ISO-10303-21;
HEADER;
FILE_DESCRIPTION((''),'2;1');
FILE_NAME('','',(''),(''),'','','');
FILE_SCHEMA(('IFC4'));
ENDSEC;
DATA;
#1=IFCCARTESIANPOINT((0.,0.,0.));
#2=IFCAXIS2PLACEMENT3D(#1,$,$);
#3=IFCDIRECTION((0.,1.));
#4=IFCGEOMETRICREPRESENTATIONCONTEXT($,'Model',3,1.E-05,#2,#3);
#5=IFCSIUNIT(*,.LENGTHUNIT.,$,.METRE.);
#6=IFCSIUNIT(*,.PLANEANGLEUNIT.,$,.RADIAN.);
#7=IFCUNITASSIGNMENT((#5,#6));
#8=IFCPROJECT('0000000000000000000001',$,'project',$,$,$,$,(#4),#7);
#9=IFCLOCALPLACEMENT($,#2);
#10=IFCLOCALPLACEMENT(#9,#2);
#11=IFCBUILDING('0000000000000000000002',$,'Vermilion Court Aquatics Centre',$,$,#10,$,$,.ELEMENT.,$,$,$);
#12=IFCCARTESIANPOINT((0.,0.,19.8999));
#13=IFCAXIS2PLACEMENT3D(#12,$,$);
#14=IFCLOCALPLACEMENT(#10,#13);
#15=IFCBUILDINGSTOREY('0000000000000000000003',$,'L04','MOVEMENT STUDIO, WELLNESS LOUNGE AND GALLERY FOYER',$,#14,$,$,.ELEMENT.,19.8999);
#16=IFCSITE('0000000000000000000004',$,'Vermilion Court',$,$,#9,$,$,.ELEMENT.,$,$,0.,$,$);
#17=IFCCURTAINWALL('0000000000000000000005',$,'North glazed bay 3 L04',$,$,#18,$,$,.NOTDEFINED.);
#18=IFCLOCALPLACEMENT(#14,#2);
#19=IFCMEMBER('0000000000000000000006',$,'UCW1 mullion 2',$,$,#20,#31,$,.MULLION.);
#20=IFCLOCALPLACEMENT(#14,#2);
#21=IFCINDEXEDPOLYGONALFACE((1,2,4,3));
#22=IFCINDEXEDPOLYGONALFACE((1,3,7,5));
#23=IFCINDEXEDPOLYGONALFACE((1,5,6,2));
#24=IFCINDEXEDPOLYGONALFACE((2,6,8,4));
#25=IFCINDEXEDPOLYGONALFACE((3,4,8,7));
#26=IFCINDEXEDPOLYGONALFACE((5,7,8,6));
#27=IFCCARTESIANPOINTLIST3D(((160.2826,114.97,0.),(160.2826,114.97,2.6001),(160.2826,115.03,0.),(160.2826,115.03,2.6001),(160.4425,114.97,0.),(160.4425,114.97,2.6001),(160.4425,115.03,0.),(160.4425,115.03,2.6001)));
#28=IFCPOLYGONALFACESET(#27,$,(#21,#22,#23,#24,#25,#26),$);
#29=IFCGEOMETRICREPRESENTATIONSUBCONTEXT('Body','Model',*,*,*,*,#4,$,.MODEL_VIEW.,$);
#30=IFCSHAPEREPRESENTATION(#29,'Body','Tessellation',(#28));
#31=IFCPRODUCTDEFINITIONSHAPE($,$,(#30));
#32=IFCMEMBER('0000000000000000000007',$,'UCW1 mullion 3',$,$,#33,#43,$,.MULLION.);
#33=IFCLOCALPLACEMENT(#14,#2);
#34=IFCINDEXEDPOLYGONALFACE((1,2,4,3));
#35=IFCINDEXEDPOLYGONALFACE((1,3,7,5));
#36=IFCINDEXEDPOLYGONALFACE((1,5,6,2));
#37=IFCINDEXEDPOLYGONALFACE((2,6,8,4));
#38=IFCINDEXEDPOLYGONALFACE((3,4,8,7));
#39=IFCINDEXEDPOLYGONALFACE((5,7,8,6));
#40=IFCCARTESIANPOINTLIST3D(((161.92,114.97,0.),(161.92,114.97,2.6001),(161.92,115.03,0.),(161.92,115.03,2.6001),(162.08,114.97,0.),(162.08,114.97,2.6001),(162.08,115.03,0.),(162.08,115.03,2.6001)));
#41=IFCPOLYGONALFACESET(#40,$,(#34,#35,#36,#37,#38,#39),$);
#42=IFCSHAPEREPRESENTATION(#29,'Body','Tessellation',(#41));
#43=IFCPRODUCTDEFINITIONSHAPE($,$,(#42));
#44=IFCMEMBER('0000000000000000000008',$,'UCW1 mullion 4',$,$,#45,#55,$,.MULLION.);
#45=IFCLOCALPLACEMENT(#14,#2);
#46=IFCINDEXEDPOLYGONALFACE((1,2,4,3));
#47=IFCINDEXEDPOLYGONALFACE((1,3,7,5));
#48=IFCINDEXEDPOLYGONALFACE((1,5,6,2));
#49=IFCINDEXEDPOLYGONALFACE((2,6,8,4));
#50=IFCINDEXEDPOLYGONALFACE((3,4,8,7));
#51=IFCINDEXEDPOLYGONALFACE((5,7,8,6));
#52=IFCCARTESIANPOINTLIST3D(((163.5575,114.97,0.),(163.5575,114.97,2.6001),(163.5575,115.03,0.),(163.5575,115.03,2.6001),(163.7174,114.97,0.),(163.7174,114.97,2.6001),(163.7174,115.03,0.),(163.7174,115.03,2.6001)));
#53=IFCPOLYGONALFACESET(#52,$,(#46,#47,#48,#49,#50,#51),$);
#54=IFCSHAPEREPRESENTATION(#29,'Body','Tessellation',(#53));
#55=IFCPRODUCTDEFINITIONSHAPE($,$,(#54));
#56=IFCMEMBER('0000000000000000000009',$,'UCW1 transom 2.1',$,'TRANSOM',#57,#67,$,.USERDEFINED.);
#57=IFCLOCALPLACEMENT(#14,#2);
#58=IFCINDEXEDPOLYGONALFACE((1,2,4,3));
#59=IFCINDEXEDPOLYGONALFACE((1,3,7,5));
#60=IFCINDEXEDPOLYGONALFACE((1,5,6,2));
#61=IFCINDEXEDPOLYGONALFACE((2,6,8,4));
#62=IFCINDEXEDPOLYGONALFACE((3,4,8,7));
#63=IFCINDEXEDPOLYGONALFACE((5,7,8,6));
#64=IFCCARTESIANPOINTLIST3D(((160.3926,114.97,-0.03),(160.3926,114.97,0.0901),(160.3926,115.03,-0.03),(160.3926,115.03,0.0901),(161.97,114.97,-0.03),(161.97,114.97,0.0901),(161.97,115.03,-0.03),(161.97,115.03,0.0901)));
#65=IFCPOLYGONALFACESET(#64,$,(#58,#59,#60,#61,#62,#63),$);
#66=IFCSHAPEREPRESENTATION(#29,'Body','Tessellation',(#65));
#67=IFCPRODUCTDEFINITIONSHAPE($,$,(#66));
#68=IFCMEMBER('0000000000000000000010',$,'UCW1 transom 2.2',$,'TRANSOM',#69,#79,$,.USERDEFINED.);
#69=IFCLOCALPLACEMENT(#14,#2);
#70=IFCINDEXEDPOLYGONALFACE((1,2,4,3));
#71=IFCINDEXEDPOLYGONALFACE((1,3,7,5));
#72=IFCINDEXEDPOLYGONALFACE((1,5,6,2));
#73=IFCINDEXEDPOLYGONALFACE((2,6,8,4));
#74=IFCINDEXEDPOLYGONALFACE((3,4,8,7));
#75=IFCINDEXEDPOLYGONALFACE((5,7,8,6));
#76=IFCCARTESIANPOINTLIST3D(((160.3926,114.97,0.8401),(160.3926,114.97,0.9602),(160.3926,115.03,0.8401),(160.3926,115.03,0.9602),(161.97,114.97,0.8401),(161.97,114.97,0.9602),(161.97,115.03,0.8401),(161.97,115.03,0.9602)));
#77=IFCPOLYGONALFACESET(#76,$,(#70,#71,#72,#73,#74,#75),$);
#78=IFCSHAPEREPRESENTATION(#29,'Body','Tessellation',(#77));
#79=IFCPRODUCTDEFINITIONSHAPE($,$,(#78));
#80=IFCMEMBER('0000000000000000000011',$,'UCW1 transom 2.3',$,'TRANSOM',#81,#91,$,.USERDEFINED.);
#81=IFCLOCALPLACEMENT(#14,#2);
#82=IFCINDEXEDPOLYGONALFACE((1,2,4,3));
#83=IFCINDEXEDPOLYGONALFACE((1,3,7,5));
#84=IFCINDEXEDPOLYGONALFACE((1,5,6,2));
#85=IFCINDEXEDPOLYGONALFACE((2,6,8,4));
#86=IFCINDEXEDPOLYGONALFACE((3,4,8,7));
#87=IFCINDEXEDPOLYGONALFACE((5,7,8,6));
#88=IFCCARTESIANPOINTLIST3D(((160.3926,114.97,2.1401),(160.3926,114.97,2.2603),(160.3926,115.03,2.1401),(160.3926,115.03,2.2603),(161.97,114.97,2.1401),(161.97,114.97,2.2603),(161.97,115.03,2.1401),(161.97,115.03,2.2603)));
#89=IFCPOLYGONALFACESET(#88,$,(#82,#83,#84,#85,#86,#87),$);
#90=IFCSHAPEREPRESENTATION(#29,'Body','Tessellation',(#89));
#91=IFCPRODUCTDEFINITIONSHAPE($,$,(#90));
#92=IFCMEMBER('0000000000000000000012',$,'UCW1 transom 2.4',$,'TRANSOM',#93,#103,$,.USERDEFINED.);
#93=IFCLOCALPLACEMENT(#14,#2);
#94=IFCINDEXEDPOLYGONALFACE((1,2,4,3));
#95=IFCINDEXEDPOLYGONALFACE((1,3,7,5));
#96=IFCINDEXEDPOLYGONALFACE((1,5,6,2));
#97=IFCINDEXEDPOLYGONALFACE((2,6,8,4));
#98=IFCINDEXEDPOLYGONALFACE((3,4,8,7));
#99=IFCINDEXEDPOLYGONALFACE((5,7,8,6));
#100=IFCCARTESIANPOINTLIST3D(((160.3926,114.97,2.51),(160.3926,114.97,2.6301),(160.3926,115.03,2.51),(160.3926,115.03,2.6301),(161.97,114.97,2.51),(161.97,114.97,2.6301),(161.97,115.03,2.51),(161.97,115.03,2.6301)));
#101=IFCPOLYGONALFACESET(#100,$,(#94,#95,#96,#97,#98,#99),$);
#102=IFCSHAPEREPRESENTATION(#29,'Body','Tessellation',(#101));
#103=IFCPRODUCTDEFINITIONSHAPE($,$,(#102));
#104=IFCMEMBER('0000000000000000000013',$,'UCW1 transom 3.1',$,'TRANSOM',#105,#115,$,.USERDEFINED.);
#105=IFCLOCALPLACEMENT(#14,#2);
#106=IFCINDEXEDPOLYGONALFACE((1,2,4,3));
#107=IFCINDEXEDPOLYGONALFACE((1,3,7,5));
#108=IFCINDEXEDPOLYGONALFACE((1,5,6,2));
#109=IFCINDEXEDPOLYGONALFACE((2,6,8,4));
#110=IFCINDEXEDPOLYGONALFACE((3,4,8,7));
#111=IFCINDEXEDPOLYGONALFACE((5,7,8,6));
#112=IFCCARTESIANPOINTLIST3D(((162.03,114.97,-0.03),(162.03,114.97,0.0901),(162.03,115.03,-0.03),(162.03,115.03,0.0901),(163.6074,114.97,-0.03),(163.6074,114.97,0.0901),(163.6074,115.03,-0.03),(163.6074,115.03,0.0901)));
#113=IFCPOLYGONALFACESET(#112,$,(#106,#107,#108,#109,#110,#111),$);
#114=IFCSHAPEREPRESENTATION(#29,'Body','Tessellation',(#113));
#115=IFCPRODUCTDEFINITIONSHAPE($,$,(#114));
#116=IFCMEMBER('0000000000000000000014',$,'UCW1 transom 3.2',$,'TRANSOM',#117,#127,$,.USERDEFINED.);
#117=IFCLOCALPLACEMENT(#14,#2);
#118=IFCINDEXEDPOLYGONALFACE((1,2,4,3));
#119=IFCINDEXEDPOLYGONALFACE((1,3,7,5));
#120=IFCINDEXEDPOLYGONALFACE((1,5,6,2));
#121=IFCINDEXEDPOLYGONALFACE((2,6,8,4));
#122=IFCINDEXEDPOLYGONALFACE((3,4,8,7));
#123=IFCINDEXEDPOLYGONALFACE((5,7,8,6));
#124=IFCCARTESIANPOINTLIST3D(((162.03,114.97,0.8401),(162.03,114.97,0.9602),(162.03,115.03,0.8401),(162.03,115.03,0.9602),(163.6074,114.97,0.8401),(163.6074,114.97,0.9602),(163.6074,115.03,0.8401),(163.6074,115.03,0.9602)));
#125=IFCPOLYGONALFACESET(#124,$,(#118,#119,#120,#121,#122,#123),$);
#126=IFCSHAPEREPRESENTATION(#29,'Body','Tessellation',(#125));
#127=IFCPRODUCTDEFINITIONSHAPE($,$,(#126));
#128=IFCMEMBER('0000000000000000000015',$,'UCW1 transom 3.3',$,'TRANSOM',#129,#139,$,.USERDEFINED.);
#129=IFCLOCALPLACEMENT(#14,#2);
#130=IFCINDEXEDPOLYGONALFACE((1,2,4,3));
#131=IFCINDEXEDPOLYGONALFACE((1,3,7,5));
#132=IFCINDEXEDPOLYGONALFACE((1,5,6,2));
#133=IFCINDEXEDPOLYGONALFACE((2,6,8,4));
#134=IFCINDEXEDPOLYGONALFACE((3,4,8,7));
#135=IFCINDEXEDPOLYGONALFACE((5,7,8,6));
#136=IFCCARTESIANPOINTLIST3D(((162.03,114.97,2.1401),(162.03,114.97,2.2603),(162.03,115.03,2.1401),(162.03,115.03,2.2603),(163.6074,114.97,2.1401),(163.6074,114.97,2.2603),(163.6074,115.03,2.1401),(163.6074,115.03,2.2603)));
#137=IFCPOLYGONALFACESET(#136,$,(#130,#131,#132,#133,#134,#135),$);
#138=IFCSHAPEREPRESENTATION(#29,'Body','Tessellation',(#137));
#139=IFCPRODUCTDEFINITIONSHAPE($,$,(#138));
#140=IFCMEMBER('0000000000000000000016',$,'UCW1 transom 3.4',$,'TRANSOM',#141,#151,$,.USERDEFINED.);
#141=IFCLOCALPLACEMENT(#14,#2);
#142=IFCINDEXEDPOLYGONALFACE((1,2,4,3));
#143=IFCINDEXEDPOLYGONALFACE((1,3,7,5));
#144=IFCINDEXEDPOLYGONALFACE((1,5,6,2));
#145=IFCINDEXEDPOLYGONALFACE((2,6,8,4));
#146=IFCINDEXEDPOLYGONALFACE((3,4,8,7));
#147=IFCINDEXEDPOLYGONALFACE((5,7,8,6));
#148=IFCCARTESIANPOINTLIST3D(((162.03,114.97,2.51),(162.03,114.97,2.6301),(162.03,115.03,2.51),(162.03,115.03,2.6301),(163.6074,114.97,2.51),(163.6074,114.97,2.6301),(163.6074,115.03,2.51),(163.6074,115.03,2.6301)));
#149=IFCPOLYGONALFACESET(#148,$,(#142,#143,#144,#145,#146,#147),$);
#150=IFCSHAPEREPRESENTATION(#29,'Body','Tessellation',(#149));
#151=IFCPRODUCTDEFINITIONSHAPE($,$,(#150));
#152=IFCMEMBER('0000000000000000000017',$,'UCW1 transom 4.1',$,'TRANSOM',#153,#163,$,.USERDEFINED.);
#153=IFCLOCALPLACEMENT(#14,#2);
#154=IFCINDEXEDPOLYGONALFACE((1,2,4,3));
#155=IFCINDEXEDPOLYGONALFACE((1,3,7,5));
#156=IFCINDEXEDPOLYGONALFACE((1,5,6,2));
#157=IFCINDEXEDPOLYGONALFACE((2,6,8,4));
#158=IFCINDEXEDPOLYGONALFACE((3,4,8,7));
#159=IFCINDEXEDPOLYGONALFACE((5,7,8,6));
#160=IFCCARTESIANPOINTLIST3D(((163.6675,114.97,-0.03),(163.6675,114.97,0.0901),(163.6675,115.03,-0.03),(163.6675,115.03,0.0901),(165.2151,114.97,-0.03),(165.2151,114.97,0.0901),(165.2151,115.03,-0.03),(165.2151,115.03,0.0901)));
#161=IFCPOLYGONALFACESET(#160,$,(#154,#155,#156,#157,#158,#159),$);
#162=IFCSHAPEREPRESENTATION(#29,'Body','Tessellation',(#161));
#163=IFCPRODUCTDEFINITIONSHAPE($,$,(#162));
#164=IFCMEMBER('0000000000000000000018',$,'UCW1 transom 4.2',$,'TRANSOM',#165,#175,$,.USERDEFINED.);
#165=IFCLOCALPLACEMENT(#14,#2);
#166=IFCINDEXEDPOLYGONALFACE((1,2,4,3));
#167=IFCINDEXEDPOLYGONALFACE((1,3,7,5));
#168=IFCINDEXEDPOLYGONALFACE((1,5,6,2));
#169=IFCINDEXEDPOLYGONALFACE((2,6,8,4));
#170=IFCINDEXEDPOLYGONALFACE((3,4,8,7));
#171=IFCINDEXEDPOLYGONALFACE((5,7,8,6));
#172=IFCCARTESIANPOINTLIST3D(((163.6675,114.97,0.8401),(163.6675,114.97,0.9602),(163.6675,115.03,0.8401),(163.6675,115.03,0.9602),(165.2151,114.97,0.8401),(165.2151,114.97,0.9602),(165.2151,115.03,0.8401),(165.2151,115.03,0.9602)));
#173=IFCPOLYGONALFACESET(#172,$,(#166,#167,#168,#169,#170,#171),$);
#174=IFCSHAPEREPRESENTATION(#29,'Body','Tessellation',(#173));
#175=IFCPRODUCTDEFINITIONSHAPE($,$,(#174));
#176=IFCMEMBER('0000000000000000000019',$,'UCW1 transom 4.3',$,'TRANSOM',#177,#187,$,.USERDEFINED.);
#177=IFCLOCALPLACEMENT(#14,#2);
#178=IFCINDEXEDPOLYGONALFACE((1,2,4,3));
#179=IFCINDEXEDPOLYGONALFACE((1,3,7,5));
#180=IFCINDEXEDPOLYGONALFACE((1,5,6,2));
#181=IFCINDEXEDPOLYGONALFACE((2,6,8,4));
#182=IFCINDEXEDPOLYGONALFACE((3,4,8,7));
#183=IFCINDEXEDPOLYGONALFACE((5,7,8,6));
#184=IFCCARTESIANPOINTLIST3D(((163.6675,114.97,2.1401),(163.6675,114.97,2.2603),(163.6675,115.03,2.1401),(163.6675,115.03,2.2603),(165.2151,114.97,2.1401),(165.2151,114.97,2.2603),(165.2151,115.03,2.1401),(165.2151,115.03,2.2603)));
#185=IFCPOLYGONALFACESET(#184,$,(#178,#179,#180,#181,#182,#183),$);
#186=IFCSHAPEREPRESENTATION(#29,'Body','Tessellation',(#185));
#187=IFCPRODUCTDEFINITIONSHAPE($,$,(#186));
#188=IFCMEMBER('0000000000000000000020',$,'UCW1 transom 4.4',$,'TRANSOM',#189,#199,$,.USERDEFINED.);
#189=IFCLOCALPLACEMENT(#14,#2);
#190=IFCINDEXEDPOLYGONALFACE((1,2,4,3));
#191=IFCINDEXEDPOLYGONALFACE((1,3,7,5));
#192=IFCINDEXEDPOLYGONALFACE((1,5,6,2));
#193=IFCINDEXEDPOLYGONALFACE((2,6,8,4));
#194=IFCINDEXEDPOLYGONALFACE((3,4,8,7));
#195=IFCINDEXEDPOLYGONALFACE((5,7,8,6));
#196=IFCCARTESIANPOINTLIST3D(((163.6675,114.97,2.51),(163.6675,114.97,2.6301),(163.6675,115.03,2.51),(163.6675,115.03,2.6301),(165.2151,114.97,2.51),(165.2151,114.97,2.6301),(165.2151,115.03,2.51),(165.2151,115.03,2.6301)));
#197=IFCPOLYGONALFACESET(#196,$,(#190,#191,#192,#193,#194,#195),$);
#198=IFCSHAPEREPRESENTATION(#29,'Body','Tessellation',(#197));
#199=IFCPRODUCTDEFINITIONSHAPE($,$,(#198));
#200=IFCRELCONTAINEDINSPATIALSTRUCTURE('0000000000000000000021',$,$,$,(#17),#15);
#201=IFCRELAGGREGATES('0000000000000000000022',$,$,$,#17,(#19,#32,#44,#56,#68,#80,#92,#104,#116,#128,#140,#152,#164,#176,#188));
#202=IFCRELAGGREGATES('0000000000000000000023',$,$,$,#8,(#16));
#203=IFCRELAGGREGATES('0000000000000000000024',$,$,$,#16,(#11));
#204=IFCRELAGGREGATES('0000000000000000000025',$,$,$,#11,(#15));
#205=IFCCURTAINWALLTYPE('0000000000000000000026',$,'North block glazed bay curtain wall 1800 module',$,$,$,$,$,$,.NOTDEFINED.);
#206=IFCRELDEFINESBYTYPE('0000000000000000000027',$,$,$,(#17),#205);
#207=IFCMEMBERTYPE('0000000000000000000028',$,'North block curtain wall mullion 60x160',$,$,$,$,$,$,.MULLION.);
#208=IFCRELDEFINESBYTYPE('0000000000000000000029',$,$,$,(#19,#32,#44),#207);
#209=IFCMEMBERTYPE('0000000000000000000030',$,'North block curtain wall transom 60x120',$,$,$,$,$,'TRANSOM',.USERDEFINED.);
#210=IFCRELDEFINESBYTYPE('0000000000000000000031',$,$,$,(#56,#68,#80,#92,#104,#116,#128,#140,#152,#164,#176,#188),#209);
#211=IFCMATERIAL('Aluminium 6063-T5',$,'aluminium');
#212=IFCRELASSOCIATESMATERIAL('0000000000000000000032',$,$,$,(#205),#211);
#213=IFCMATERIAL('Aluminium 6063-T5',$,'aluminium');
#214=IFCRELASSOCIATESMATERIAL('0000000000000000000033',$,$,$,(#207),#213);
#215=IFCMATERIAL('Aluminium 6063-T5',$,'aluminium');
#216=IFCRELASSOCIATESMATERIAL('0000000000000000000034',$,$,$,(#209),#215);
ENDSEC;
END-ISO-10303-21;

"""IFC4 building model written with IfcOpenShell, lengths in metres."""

from ifc_helpers import new_model, si_unit, direction, frame, origin, origin_2d, place, context, subcontext, project, spatial, rectangle, extrude, material, material_profile, profile_set, type_object, element, aggregate, save


model = new_model("IFC4")

# Units and contexts
model_context = context("Model", 3, precision=1e-05, world=origin(), true_north=direction((0.0, 1.0)))
body_context = subcontext(model_context, "Body", "Model", "MODEL_VIEW")
ifc_project = project(units=[si_unit("LENGTHUNIT", "METRE"), si_unit("PLANEANGLEUNIT", "RADIAN")], contexts=[model_context])

# Site, building, storey
site_placement = place(None, origin())
site = spatial("IfcSite", under=ifc_project, at=site_placement, Name="Vermilion Court", CompositionType="ELEMENT", RefElevation=0.0)
building_placement = place(site_placement, origin())
building = spatial("IfcBuilding", under=site, at=building_placement, Name="Vermilion Court Aquatics Centre", CompositionType="ELEMENT")
storey_placement = place(building_placement, frame((0.0, 0.0, 19.8999)))
storey = spatial("IfcBuildingStorey", under=building, at=storey_placement, Name="L04", Description="MOVEMENT STUDIO, WELLNESS LOUNGE AND GALLERY FOYER", CompositionType="ELEMENT", Elevation=19.8999)

# Curtain wall, members
ifc_material_1 = material(Name="Aluminium 6063-T5", Category="aluminium")
curtain_wall_type = type_object("IfcCurtainWallType", Name="North block glazed bay curtain wall 1800 module", PredefinedType="NOTDEFINED", material=ifc_material_1)
curtain_wall_placement = place(storey_placement, origin())
curtain_wall = element("IfcCurtainWall", 1, at=curtain_wall_placement, inside=storey, type_object=curtain_wall_type, Name="North glazed bay 3 L04", PredefinedType="NOTDEFINED")
ifc_material_2 = material(Name="Aluminium 6063-T5", Category="aluminium")
ifc_material_profile_1 = material_profile(ifc_material_2, rectangle(XDim=0.0601, YDim=0.1599, at=origin_2d()), Name="AL 60x160")
ifc_profile_set_1 = profile_set([ifc_material_profile_1], Name="Aluminium 6063-T5")
member_type_1 = type_object("IfcMemberType", Name="North block curtain wall mullion 60x160", PredefinedType="MULLION", material=ifc_profile_set_1)
member_1_placement = place(storey_placement, frame((160.3625, 115.0, 0.0), z_axis=(0.0, 0.0, 1.0), x_axis=(0.0, 1.0, 0.0)))
member_1 = element("IfcMember", 2, at=member_1_placement, type_object=member_type_1, Name="UCW1 mullion 2", PredefinedType="MULLION", context=body_context, shape_type="SweptSolid", body=[
    extrude(rectangle(XDim=0.0601, YDim=0.1599, at=origin_2d()), origin(), (0.0, 0.0, 1.0), 2.6001),
])
member_2_placement = place(storey_placement, frame((162.0, 115.0, 0.0), z_axis=(0.0, 0.0, 1.0), x_axis=(0.0, 1.0, 0.0)))
member_2 = element("IfcMember", 3, at=member_2_placement, type_object=member_type_1, Name="UCW1 mullion 3", PredefinedType="MULLION", context=body_context, shape_type="SweptSolid", body=[
    extrude(rectangle(XDim=0.0601, YDim=0.1599, at=origin_2d()), origin(), (0.0, 0.0, 1.0), 2.6001),
])
member_3_placement = place(storey_placement, frame((163.6375, 115.0, 0.0), z_axis=(0.0, 0.0, 1.0), x_axis=(0.0, 1.0, 0.0)))
member_3 = element("IfcMember", 4, at=member_3_placement, type_object=member_type_1, Name="UCW1 mullion 4", PredefinedType="MULLION", context=body_context, shape_type="SweptSolid", body=[
    extrude(rectangle(XDim=0.0601, YDim=0.1599, at=origin_2d()), origin(), (0.0, 0.0, 1.0), 2.6001),
])
ifc_material_3 = material(Name="Aluminium 6063-T5", Category="aluminium")
ifc_material_profile_2 = material_profile(ifc_material_3, rectangle(XDim=0.0601, YDim=0.1201, at=origin_2d()), Name="AL 60x120")
ifc_profile_set_2 = profile_set([ifc_material_profile_2], Name="Aluminium 6063-T5")
member_type_2 = type_object("IfcMemberType", Name="North block curtain wall transom 60x120", ElementType="TRANSOM", PredefinedType="USERDEFINED", material=ifc_profile_set_2)
member_4_placement = place(storey_placement, frame((160.3926, 115.0, 0.03), z_axis=(1.0, 0.0, 0.0), x_axis=(0.0, 1.0, 0.0)))
member_4 = element("IfcMember", 5, at=member_4_placement, type_object=member_type_2, Name="UCW1 transom 2.1", ObjectType="TRANSOM", PredefinedType="USERDEFINED", context=body_context, shape_type="SweptSolid", body=[
    extrude(rectangle(XDim=0.0601, YDim=0.1201, at=origin_2d()), origin(), (0.0, 0.0, 1.0), 1.5774),
])
member_5_placement = place(storey_placement, frame((160.3926, 115.0, 0.9001), z_axis=(1.0, 0.0, 0.0), x_axis=(0.0, 1.0, 0.0)))
member_5 = element("IfcMember", 6, at=member_5_placement, type_object=member_type_2, Name="UCW1 transom 2.2", ObjectType="TRANSOM", PredefinedType="USERDEFINED", context=body_context, shape_type="SweptSolid", body=[
    extrude(rectangle(XDim=0.0601, YDim=0.1201, at=origin_2d()), origin(), (0.0, 0.0, 1.0), 1.5774),
])
member_6_placement = place(storey_placement, frame((160.3926, 115.0, 2.2002), z_axis=(1.0, 0.0, 0.0), x_axis=(0.0, 1.0, 0.0)))
member_6 = element("IfcMember", 7, at=member_6_placement, type_object=member_type_2, Name="UCW1 transom 2.3", ObjectType="TRANSOM", PredefinedType="USERDEFINED", context=body_context, shape_type="SweptSolid", body=[
    extrude(rectangle(XDim=0.0601, YDim=0.1201, at=origin_2d()), origin(), (0.0, 0.0, 1.0), 1.5774),
])
member_7_placement = place(storey_placement, frame((160.3926, 115.0, 2.5701), z_axis=(1.0, 0.0, 0.0), x_axis=(0.0, 1.0, 0.0)))
member_7 = element("IfcMember", 8, at=member_7_placement, type_object=member_type_2, Name="UCW1 transom 2.4", ObjectType="TRANSOM", PredefinedType="USERDEFINED", context=body_context, shape_type="SweptSolid", body=[
    extrude(rectangle(XDim=0.0601, YDim=0.1201, at=origin_2d()), origin(), (0.0, 0.0, 1.0), 1.5774),
])
member_8_placement = place(storey_placement, frame((162.03, 115.0, 0.03), z_axis=(1.0, 0.0, 0.0), x_axis=(0.0, 1.0, 0.0)))
member_8 = element("IfcMember", 9, at=member_8_placement, type_object=member_type_2, Name="UCW1 transom 3.1", ObjectType="TRANSOM", PredefinedType="USERDEFINED", context=body_context, shape_type="SweptSolid", body=[
    extrude(rectangle(XDim=0.0601, YDim=0.1201, at=origin_2d()), origin(), (0.0, 0.0, 1.0), 1.5774),
])
member_9_placement = place(storey_placement, frame((162.03, 115.0, 0.9001), z_axis=(1.0, 0.0, 0.0), x_axis=(0.0, 1.0, 0.0)))
member_9 = element("IfcMember", 10, at=member_9_placement, type_object=member_type_2, Name="UCW1 transom 3.2", ObjectType="TRANSOM", PredefinedType="USERDEFINED", context=body_context, shape_type="SweptSolid", body=[
    extrude(rectangle(XDim=0.0601, YDim=0.1201, at=origin_2d()), origin(), (0.0, 0.0, 1.0), 1.5774),
])
member_10_placement = place(storey_placement, frame((162.03, 115.0, 2.2002), z_axis=(1.0, 0.0, 0.0), x_axis=(0.0, 1.0, 0.0)))
member_10 = element("IfcMember", 11, at=member_10_placement, type_object=member_type_2, Name="UCW1 transom 3.3", ObjectType="TRANSOM", PredefinedType="USERDEFINED", context=body_context, shape_type="SweptSolid", body=[
    extrude(rectangle(XDim=0.0601, YDim=0.1201, at=origin_2d()), origin(), (0.0, 0.0, 1.0), 1.5774),
])
member_11_placement = place(storey_placement, frame((162.03, 115.0, 2.5701), z_axis=(1.0, 0.0, 0.0), x_axis=(0.0, 1.0, 0.0)))
member_11 = element("IfcMember", 12, at=member_11_placement, type_object=member_type_2, Name="UCW1 transom 3.4", ObjectType="TRANSOM", PredefinedType="USERDEFINED", context=body_context, shape_type="SweptSolid", body=[
    extrude(rectangle(XDim=0.0601, YDim=0.1201, at=origin_2d()), origin(), (0.0, 0.0, 1.0), 1.5774),
])
member_12_placement = place(storey_placement, frame((163.6675, 115.0, 0.03), z_axis=(1.0, 0.0, 0.0), x_axis=(0.0, 1.0, 0.0)))
member_12 = element("IfcMember", 13, at=member_12_placement, type_object=member_type_2, Name="UCW1 transom 4.1", ObjectType="TRANSOM", PredefinedType="USERDEFINED", context=body_context, shape_type="SweptSolid", body=[
    extrude(rectangle(XDim=0.0601, YDim=0.1201, at=origin_2d()), origin(), (0.0, 0.0, 1.0), 1.5476),
])
member_13_placement = place(storey_placement, frame((163.6675, 115.0, 0.9001), z_axis=(1.0, 0.0, 0.0), x_axis=(0.0, 1.0, 0.0)))
member_13 = element("IfcMember", 14, at=member_13_placement, type_object=member_type_2, Name="UCW1 transom 4.2", ObjectType="TRANSOM", PredefinedType="USERDEFINED", context=body_context, shape_type="SweptSolid", body=[
    extrude(rectangle(XDim=0.0601, YDim=0.1201, at=origin_2d()), origin(), (0.0, 0.0, 1.0), 1.5476),
])
member_14_placement = place(storey_placement, frame((163.6675, 115.0, 2.2002), z_axis=(1.0, 0.0, 0.0), x_axis=(0.0, 1.0, 0.0)))
member_14 = element("IfcMember", 15, at=member_14_placement, type_object=member_type_2, Name="UCW1 transom 4.3", ObjectType="TRANSOM", PredefinedType="USERDEFINED", context=body_context, shape_type="SweptSolid", body=[
    extrude(rectangle(XDim=0.0601, YDim=0.1201, at=origin_2d()), origin(), (0.0, 0.0, 1.0), 1.5476),
])
member_15_placement = place(storey_placement, frame((163.6675, 115.0, 2.5701), z_axis=(1.0, 0.0, 0.0), x_axis=(0.0, 1.0, 0.0)))
member_15 = element("IfcMember", 16, at=member_15_placement, type_object=member_type_2, Name="UCW1 transom 4.4", ObjectType="TRANSOM", PredefinedType="USERDEFINED", context=body_context, shape_type="SweptSolid", body=[
    extrude(rectangle(XDim=0.0601, YDim=0.1201, at=origin_2d()), origin(), (0.0, 0.0, 1.0), 1.5476),
])
aggregate(curtain_wall, [member_1, member_2, member_3, member_4, member_5, member_6, member_7, member_8, member_9, member_10, member_11, member_12, member_13, member_14, member_15])

save(model, "model.ifc")
